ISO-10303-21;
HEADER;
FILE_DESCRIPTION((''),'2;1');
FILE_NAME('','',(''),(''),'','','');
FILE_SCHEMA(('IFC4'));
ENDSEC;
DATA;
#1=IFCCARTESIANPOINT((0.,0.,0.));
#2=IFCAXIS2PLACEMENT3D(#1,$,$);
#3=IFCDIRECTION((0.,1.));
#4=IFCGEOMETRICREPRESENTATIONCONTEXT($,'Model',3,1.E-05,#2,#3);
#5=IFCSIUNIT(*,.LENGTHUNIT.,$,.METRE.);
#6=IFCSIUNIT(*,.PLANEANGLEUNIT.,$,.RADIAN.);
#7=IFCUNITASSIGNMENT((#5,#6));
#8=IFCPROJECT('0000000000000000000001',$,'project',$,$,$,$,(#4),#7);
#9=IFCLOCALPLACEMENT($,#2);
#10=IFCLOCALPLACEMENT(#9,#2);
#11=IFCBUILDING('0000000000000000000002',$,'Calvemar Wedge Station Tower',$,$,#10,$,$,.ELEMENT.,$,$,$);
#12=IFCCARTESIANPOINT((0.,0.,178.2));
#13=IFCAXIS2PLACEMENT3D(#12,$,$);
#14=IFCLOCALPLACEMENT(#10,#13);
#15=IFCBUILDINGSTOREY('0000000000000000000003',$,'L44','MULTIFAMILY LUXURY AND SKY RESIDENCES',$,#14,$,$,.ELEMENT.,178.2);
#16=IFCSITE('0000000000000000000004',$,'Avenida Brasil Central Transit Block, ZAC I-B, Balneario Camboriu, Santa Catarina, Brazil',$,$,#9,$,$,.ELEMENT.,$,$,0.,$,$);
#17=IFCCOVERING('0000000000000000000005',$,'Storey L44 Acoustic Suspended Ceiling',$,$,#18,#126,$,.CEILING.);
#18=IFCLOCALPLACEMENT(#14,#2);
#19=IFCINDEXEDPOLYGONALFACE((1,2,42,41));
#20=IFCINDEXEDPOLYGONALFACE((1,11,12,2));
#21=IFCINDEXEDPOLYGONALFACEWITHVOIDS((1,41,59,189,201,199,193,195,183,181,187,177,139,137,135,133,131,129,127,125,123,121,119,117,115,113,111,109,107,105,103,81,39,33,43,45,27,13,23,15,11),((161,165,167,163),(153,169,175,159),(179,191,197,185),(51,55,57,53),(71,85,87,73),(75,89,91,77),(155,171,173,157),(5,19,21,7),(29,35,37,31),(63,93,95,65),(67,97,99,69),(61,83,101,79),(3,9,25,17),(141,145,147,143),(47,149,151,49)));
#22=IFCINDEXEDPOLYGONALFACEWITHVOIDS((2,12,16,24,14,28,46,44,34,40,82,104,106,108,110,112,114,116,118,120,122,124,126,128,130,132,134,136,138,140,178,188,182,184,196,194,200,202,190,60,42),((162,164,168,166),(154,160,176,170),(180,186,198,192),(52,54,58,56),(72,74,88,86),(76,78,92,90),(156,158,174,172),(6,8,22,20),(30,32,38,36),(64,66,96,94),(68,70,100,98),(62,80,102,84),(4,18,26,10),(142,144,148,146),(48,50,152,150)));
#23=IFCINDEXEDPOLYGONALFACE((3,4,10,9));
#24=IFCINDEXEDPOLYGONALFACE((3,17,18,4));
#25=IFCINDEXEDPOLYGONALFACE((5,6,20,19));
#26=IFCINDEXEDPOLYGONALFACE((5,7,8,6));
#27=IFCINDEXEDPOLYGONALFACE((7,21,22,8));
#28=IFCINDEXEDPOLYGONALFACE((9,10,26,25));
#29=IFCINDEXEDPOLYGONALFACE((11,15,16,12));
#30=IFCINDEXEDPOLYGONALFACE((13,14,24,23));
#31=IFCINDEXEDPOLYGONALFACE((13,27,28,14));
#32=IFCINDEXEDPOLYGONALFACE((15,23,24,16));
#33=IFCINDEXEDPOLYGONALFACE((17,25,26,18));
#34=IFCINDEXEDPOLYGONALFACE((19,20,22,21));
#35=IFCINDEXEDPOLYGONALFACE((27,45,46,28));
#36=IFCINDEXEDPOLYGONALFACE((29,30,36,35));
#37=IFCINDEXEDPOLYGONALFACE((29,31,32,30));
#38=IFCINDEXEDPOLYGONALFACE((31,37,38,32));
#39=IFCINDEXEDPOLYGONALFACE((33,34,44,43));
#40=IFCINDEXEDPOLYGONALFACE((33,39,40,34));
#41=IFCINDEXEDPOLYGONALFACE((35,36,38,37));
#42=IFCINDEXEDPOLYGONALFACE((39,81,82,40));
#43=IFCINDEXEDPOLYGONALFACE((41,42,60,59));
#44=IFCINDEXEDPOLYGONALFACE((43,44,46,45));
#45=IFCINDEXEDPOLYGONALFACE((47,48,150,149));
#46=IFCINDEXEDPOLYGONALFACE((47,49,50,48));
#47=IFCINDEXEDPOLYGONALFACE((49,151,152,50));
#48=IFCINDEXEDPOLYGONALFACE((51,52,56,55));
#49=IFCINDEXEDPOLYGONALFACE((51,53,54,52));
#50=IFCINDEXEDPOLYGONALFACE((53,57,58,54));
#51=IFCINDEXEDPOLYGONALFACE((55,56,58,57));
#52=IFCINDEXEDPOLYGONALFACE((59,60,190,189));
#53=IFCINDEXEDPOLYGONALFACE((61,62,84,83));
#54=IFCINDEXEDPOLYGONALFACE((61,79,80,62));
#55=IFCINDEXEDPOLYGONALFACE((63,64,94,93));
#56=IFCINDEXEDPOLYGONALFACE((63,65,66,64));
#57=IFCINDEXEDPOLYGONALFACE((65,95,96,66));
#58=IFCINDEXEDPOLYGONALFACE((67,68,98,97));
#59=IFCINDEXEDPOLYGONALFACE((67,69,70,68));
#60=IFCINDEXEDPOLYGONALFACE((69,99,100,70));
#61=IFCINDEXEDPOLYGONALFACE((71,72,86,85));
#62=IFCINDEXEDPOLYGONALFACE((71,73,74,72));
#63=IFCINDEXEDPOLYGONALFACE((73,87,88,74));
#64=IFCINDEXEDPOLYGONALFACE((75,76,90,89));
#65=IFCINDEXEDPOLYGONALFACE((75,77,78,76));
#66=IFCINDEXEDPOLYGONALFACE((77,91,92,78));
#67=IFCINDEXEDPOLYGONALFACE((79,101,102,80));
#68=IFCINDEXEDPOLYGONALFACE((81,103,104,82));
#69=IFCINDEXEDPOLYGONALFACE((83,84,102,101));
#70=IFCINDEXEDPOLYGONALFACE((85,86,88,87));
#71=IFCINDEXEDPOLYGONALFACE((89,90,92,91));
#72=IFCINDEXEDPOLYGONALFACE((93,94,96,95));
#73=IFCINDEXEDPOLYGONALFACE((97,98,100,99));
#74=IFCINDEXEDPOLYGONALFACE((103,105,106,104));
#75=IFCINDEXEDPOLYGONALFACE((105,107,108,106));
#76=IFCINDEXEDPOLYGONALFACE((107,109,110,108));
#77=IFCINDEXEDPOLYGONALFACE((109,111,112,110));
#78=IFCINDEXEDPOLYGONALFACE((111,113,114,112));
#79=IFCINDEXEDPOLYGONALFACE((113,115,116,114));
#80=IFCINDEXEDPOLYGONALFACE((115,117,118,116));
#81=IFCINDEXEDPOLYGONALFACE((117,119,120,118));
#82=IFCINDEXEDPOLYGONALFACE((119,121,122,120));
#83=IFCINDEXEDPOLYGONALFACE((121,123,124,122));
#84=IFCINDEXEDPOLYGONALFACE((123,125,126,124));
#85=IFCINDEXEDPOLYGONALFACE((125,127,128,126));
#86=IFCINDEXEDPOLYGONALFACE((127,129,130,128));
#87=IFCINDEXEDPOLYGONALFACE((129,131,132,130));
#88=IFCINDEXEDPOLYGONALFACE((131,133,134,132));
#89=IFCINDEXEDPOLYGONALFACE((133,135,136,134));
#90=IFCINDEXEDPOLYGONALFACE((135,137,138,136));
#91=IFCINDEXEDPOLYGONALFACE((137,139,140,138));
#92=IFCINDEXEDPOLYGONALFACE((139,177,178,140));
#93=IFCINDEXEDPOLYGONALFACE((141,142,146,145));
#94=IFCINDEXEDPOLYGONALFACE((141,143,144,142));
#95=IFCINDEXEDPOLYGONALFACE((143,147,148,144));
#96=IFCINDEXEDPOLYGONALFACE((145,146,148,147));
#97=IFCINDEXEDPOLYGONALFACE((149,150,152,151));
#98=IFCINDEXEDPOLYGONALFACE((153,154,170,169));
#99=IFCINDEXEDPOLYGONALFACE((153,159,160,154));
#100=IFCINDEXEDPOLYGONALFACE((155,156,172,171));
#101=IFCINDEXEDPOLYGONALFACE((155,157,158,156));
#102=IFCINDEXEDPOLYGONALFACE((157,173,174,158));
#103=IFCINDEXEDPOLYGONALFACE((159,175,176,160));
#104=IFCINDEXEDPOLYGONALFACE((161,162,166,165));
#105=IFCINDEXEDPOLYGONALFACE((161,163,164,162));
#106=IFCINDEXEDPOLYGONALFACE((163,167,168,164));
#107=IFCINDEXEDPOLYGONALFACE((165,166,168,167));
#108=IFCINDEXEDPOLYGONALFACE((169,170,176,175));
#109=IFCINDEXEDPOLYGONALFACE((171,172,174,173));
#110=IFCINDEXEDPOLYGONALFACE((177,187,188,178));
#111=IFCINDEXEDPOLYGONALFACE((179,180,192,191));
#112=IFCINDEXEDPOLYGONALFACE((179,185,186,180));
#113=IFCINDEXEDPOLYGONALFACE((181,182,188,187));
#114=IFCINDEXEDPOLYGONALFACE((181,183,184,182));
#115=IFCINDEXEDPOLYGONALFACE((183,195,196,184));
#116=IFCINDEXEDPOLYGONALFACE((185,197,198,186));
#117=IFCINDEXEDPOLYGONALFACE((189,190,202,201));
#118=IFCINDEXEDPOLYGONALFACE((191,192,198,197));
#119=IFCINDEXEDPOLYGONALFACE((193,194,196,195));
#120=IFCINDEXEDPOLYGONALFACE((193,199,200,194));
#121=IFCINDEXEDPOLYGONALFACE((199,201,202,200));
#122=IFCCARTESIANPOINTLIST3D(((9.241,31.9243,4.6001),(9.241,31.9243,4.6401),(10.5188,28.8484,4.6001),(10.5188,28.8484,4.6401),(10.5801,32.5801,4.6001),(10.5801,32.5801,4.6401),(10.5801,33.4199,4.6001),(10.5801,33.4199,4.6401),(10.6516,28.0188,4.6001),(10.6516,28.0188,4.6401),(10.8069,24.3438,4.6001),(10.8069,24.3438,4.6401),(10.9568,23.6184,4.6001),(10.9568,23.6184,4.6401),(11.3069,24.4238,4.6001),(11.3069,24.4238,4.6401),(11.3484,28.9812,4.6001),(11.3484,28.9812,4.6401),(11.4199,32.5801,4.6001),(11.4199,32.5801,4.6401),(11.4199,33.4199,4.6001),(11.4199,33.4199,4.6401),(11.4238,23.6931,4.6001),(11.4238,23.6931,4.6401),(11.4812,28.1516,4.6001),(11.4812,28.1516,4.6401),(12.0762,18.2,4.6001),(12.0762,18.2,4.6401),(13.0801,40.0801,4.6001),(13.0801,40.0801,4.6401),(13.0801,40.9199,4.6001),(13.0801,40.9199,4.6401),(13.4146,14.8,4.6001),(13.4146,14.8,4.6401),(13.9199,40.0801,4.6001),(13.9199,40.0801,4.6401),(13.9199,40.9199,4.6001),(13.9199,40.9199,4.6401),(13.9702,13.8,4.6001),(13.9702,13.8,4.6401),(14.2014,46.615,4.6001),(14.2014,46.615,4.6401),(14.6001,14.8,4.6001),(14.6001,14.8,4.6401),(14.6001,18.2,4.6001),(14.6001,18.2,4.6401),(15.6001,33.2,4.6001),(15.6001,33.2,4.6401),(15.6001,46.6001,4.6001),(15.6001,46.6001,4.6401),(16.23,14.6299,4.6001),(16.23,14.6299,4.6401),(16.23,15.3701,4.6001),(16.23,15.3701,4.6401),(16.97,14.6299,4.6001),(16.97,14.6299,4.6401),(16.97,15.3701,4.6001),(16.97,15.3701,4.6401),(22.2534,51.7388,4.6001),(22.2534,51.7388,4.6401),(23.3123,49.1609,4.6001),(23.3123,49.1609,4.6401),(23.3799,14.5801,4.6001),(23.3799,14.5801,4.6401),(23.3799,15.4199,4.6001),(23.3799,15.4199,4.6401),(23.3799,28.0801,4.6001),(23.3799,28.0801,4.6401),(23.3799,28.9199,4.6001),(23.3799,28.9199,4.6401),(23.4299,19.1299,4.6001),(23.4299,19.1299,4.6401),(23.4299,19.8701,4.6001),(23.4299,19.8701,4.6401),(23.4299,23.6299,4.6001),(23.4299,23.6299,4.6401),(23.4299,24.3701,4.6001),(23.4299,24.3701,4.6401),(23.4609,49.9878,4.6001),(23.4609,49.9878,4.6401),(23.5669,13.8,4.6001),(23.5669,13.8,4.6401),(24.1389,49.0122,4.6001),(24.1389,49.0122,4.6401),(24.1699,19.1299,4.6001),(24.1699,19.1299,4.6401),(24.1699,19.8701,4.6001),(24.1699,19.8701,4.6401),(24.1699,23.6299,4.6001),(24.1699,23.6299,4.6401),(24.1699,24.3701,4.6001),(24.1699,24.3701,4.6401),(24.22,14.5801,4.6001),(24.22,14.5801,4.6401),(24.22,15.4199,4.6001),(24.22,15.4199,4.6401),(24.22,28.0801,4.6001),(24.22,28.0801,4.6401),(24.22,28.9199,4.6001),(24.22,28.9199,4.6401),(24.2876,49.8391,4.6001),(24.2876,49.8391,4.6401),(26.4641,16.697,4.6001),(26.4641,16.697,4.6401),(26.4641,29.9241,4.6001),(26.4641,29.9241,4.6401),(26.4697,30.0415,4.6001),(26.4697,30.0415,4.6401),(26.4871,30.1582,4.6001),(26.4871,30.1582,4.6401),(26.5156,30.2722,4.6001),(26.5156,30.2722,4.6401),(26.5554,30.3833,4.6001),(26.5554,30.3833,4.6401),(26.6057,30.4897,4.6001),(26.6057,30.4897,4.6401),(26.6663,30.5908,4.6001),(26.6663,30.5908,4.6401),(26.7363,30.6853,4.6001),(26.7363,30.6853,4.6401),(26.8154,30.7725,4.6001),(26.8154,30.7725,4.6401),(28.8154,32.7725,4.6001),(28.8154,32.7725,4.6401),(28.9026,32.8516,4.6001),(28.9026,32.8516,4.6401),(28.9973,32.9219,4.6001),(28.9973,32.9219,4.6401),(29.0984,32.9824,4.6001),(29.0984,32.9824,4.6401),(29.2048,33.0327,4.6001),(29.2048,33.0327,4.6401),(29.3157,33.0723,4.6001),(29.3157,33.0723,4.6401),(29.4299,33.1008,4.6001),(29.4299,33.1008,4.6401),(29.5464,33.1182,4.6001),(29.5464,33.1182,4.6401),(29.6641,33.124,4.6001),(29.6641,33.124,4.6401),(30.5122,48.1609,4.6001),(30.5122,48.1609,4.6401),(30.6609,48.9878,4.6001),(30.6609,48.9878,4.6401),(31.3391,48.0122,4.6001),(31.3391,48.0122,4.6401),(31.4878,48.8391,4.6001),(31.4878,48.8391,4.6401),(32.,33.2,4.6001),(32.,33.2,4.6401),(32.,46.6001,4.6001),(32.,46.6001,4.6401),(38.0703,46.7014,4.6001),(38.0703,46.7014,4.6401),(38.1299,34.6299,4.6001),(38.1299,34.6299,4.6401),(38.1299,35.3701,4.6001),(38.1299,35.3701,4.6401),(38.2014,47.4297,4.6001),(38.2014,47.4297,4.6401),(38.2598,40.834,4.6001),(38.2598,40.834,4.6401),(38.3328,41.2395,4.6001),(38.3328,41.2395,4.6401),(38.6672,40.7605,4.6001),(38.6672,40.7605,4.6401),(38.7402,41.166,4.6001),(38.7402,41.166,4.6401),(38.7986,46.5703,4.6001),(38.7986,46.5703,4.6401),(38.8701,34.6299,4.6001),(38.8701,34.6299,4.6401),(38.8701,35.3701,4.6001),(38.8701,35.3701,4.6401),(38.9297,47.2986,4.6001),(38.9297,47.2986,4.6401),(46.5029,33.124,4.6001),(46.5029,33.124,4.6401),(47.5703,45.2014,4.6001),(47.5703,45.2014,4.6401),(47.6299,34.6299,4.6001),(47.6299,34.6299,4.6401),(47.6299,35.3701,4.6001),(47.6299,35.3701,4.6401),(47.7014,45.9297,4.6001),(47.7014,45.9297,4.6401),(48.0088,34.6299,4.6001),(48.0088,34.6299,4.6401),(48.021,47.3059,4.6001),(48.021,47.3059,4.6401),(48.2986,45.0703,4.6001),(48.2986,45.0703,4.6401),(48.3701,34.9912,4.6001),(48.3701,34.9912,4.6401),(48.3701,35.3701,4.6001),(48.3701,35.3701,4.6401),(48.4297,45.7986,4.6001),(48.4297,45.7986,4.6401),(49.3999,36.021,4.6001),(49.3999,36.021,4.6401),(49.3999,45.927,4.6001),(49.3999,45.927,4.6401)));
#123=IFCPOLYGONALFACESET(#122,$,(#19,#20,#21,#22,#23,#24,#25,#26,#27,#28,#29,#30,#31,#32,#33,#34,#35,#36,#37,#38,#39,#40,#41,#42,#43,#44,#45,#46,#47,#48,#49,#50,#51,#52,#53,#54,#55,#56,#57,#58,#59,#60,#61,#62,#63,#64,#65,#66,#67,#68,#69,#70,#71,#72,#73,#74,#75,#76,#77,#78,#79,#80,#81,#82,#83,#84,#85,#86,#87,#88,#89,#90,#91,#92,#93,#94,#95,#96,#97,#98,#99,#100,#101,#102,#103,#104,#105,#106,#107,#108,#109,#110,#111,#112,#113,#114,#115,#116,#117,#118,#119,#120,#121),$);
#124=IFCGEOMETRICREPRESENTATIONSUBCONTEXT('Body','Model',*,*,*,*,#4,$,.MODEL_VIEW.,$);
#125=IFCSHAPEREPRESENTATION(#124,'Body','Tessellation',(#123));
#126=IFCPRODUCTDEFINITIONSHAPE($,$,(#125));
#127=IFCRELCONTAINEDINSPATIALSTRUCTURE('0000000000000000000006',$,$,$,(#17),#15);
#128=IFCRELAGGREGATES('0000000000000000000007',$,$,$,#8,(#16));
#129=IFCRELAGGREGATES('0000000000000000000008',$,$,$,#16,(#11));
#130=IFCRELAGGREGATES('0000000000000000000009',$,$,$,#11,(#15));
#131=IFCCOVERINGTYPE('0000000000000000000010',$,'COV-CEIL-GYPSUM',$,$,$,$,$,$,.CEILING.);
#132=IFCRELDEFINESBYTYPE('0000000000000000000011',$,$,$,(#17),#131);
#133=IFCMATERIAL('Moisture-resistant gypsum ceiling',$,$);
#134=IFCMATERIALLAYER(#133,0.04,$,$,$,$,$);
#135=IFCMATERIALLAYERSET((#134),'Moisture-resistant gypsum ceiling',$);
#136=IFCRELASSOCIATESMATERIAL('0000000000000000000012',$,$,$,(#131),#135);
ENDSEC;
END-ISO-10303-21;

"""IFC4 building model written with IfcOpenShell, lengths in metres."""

from ifc_helpers import new_model, si_unit, direction, frame, origin, place, context, subcontext, project, spatial, polyline, outline, extrude, material, layer, layer_set, type_object, element, save


model = new_model("IFC4")

# Units and contexts
model_context = context("Model", 3, precision=1e-05, world=origin(), true_north=direction((0.0, 1.0)))
body_context = subcontext(model_context, "Body", "Model", "MODEL_VIEW")
ifc_project = project(units=[si_unit("LENGTHUNIT", "METRE"), si_unit("PLANEANGLEUNIT", "RADIAN")], contexts=[model_context])

# Site, building, storey
site_placement = place(None, origin())
site = spatial("IfcSite", under=ifc_project, at=site_placement, Name="Avenida Brasil Central Transit Block, ZAC I-B, Balneario Camboriu, Santa Catarina, Brazil", CompositionType="ELEMENT", RefElevation=0.0)
building_placement = place(site_placement, origin())
building = spatial("IfcBuilding", under=site, at=building_placement, Name="Calvemar Wedge Station Tower", CompositionType="ELEMENT")
storey_placement = place(building_placement, frame((0.0, 0.0, 178.2)))
storey = spatial("IfcBuildingStorey", under=building, at=storey_placement, Name="L44", Description="MULTIFAMILY LUXURY AND SKY RESIDENCES", CompositionType="ELEMENT", Elevation=178.2)

# Covering
ifc_material_1 = material(Name="Moisture-resistant gypsum ceiling")
ifc_layer_1 = layer(ifc_material_1, 0.04)
ifc_layer_set_1 = layer_set([ifc_layer_1], Name="Moisture-resistant gypsum ceiling")
covering_type_1 = type_object("IfcCoveringType", Name="COV-CEIL-GYPSUM", PredefinedType="CEILING", material=ifc_layer_set_1)
covering_1_placement = place(storey_placement, frame((0.0, 0.0, 4.6001)))
element("IfcCovering", 1, at=covering_1_placement, inside=storey, type_object=covering_type_1, Name="Storey L44 Acoustic Suspended Ceiling", PredefinedType="CEILING", context=body_context, shape_type="SweptSolid", body=[
    extrude(outline(polyline([(26.8154, 30.7725), (28.8154, 32.7725), (28.9026, 32.8516), (28.9973, 32.9219), (29.0984, 32.9824), (29.2048, 33.0327), (29.3157, 33.0723), (29.4299, 33.1008), (29.5464, 33.1182), (29.6641, 33.124), (46.5029, 33.124), (48.0088, 34.6299), (47.6299, 34.6299), (47.6299, 35.3701), (48.3701, 35.3701), (48.3701, 34.9912), (49.3999, 36.021), (49.3999, 45.927), (48.021, 47.3059), (22.2534, 51.7388), (14.2014, 46.615), (9.241, 31.9243), (10.8069, 24.3438), (11.3069, 24.4238), (11.4238, 23.6931), (10.9568, 23.6184), (12.0762, 18.2), (14.6001, 18.2), (14.6001, 14.8), (13.4146, 14.8), (13.9702, 13.8), (23.5669, 13.8), (26.4641, 16.697), (26.4641, 29.9241), (26.4697, 30.0415), (26.4871, 30.1582), (26.5156, 30.2722), (26.5554, 30.3833), (26.6057, 30.4897), (26.6663, 30.5908), (26.7363, 30.6853), (26.8154, 30.7725)]), holes=[polyline([(15.6001, 46.6001), (32.0, 46.6001), (32.0, 33.2), (15.6001, 33.2), (15.6001, 46.6001)]), polyline([(10.5801, 32.5801), (10.5801, 33.4199), (11.4199, 33.4199), (11.4199, 32.5801), (10.5801, 32.5801)]), polyline([(13.0801, 40.9199), (13.9199, 40.9199), (13.9199, 40.0801), (13.0801, 40.0801), (13.0801, 40.9199)]), polyline([(24.2876, 49.8391), (24.1389, 49.0122), (23.3123, 49.1609), (23.4609, 49.9878), (24.2876, 49.8391)]), polyline([(31.3391, 48.0122), (30.5122, 48.1609), (30.6609, 48.9878), (31.4878, 48.8391), (31.3391, 48.0122)]), polyline([(38.0703, 46.7014), (38.2014, 47.4297), (38.9297, 47.2986), (38.7986, 46.5703), (38.0703, 46.7014)]), polyline([(47.7014, 45.9297), (48.4297, 45.7986), (48.2986, 45.0703), (47.5703, 45.2014), (47.7014, 45.9297)]), polyline([(38.8701, 35.3701), (38.8701, 34.6299), (38.1299, 34.6299), (38.1299, 35.3701), (38.8701, 35.3701)]), polyline([(38.2598, 40.834), (38.3328, 41.2395), (38.7402, 41.166), (38.6672, 40.7605), (38.2598, 40.834)]), polyline([(11.3484, 28.9812), (11.4812, 28.1516), (10.6516, 28.0188), (10.5188, 28.8484), (11.3484, 28.9812)]), polyline([(24.22, 28.0801), (23.3799, 28.0801), (23.3799, 28.9199), (24.22, 28.9199), (24.22, 28.0801)]), polyline([(23.4299, 23.6299), (23.4299, 24.3701), (24.1699, 24.3701), (24.1699, 23.6299), (23.4299, 23.6299)]), polyline([(23.4299, 19.8701), (24.1699, 19.8701), (24.1699, 19.1299), (23.4299, 19.1299), (23.4299, 19.8701)]), polyline([(24.22, 15.4199), (24.22, 14.5801), (23.3799, 14.5801), (23.3799, 15.4199), (24.22, 15.4199)]), polyline([(16.97, 14.6299), (16.23, 14.6299), (16.23, 15.3701), (16.97, 15.3701), (16.97, 14.6299)])]), origin(), (0.0, 0.0, 1.0), 0.04),
])

save(model, "model.ifc")
